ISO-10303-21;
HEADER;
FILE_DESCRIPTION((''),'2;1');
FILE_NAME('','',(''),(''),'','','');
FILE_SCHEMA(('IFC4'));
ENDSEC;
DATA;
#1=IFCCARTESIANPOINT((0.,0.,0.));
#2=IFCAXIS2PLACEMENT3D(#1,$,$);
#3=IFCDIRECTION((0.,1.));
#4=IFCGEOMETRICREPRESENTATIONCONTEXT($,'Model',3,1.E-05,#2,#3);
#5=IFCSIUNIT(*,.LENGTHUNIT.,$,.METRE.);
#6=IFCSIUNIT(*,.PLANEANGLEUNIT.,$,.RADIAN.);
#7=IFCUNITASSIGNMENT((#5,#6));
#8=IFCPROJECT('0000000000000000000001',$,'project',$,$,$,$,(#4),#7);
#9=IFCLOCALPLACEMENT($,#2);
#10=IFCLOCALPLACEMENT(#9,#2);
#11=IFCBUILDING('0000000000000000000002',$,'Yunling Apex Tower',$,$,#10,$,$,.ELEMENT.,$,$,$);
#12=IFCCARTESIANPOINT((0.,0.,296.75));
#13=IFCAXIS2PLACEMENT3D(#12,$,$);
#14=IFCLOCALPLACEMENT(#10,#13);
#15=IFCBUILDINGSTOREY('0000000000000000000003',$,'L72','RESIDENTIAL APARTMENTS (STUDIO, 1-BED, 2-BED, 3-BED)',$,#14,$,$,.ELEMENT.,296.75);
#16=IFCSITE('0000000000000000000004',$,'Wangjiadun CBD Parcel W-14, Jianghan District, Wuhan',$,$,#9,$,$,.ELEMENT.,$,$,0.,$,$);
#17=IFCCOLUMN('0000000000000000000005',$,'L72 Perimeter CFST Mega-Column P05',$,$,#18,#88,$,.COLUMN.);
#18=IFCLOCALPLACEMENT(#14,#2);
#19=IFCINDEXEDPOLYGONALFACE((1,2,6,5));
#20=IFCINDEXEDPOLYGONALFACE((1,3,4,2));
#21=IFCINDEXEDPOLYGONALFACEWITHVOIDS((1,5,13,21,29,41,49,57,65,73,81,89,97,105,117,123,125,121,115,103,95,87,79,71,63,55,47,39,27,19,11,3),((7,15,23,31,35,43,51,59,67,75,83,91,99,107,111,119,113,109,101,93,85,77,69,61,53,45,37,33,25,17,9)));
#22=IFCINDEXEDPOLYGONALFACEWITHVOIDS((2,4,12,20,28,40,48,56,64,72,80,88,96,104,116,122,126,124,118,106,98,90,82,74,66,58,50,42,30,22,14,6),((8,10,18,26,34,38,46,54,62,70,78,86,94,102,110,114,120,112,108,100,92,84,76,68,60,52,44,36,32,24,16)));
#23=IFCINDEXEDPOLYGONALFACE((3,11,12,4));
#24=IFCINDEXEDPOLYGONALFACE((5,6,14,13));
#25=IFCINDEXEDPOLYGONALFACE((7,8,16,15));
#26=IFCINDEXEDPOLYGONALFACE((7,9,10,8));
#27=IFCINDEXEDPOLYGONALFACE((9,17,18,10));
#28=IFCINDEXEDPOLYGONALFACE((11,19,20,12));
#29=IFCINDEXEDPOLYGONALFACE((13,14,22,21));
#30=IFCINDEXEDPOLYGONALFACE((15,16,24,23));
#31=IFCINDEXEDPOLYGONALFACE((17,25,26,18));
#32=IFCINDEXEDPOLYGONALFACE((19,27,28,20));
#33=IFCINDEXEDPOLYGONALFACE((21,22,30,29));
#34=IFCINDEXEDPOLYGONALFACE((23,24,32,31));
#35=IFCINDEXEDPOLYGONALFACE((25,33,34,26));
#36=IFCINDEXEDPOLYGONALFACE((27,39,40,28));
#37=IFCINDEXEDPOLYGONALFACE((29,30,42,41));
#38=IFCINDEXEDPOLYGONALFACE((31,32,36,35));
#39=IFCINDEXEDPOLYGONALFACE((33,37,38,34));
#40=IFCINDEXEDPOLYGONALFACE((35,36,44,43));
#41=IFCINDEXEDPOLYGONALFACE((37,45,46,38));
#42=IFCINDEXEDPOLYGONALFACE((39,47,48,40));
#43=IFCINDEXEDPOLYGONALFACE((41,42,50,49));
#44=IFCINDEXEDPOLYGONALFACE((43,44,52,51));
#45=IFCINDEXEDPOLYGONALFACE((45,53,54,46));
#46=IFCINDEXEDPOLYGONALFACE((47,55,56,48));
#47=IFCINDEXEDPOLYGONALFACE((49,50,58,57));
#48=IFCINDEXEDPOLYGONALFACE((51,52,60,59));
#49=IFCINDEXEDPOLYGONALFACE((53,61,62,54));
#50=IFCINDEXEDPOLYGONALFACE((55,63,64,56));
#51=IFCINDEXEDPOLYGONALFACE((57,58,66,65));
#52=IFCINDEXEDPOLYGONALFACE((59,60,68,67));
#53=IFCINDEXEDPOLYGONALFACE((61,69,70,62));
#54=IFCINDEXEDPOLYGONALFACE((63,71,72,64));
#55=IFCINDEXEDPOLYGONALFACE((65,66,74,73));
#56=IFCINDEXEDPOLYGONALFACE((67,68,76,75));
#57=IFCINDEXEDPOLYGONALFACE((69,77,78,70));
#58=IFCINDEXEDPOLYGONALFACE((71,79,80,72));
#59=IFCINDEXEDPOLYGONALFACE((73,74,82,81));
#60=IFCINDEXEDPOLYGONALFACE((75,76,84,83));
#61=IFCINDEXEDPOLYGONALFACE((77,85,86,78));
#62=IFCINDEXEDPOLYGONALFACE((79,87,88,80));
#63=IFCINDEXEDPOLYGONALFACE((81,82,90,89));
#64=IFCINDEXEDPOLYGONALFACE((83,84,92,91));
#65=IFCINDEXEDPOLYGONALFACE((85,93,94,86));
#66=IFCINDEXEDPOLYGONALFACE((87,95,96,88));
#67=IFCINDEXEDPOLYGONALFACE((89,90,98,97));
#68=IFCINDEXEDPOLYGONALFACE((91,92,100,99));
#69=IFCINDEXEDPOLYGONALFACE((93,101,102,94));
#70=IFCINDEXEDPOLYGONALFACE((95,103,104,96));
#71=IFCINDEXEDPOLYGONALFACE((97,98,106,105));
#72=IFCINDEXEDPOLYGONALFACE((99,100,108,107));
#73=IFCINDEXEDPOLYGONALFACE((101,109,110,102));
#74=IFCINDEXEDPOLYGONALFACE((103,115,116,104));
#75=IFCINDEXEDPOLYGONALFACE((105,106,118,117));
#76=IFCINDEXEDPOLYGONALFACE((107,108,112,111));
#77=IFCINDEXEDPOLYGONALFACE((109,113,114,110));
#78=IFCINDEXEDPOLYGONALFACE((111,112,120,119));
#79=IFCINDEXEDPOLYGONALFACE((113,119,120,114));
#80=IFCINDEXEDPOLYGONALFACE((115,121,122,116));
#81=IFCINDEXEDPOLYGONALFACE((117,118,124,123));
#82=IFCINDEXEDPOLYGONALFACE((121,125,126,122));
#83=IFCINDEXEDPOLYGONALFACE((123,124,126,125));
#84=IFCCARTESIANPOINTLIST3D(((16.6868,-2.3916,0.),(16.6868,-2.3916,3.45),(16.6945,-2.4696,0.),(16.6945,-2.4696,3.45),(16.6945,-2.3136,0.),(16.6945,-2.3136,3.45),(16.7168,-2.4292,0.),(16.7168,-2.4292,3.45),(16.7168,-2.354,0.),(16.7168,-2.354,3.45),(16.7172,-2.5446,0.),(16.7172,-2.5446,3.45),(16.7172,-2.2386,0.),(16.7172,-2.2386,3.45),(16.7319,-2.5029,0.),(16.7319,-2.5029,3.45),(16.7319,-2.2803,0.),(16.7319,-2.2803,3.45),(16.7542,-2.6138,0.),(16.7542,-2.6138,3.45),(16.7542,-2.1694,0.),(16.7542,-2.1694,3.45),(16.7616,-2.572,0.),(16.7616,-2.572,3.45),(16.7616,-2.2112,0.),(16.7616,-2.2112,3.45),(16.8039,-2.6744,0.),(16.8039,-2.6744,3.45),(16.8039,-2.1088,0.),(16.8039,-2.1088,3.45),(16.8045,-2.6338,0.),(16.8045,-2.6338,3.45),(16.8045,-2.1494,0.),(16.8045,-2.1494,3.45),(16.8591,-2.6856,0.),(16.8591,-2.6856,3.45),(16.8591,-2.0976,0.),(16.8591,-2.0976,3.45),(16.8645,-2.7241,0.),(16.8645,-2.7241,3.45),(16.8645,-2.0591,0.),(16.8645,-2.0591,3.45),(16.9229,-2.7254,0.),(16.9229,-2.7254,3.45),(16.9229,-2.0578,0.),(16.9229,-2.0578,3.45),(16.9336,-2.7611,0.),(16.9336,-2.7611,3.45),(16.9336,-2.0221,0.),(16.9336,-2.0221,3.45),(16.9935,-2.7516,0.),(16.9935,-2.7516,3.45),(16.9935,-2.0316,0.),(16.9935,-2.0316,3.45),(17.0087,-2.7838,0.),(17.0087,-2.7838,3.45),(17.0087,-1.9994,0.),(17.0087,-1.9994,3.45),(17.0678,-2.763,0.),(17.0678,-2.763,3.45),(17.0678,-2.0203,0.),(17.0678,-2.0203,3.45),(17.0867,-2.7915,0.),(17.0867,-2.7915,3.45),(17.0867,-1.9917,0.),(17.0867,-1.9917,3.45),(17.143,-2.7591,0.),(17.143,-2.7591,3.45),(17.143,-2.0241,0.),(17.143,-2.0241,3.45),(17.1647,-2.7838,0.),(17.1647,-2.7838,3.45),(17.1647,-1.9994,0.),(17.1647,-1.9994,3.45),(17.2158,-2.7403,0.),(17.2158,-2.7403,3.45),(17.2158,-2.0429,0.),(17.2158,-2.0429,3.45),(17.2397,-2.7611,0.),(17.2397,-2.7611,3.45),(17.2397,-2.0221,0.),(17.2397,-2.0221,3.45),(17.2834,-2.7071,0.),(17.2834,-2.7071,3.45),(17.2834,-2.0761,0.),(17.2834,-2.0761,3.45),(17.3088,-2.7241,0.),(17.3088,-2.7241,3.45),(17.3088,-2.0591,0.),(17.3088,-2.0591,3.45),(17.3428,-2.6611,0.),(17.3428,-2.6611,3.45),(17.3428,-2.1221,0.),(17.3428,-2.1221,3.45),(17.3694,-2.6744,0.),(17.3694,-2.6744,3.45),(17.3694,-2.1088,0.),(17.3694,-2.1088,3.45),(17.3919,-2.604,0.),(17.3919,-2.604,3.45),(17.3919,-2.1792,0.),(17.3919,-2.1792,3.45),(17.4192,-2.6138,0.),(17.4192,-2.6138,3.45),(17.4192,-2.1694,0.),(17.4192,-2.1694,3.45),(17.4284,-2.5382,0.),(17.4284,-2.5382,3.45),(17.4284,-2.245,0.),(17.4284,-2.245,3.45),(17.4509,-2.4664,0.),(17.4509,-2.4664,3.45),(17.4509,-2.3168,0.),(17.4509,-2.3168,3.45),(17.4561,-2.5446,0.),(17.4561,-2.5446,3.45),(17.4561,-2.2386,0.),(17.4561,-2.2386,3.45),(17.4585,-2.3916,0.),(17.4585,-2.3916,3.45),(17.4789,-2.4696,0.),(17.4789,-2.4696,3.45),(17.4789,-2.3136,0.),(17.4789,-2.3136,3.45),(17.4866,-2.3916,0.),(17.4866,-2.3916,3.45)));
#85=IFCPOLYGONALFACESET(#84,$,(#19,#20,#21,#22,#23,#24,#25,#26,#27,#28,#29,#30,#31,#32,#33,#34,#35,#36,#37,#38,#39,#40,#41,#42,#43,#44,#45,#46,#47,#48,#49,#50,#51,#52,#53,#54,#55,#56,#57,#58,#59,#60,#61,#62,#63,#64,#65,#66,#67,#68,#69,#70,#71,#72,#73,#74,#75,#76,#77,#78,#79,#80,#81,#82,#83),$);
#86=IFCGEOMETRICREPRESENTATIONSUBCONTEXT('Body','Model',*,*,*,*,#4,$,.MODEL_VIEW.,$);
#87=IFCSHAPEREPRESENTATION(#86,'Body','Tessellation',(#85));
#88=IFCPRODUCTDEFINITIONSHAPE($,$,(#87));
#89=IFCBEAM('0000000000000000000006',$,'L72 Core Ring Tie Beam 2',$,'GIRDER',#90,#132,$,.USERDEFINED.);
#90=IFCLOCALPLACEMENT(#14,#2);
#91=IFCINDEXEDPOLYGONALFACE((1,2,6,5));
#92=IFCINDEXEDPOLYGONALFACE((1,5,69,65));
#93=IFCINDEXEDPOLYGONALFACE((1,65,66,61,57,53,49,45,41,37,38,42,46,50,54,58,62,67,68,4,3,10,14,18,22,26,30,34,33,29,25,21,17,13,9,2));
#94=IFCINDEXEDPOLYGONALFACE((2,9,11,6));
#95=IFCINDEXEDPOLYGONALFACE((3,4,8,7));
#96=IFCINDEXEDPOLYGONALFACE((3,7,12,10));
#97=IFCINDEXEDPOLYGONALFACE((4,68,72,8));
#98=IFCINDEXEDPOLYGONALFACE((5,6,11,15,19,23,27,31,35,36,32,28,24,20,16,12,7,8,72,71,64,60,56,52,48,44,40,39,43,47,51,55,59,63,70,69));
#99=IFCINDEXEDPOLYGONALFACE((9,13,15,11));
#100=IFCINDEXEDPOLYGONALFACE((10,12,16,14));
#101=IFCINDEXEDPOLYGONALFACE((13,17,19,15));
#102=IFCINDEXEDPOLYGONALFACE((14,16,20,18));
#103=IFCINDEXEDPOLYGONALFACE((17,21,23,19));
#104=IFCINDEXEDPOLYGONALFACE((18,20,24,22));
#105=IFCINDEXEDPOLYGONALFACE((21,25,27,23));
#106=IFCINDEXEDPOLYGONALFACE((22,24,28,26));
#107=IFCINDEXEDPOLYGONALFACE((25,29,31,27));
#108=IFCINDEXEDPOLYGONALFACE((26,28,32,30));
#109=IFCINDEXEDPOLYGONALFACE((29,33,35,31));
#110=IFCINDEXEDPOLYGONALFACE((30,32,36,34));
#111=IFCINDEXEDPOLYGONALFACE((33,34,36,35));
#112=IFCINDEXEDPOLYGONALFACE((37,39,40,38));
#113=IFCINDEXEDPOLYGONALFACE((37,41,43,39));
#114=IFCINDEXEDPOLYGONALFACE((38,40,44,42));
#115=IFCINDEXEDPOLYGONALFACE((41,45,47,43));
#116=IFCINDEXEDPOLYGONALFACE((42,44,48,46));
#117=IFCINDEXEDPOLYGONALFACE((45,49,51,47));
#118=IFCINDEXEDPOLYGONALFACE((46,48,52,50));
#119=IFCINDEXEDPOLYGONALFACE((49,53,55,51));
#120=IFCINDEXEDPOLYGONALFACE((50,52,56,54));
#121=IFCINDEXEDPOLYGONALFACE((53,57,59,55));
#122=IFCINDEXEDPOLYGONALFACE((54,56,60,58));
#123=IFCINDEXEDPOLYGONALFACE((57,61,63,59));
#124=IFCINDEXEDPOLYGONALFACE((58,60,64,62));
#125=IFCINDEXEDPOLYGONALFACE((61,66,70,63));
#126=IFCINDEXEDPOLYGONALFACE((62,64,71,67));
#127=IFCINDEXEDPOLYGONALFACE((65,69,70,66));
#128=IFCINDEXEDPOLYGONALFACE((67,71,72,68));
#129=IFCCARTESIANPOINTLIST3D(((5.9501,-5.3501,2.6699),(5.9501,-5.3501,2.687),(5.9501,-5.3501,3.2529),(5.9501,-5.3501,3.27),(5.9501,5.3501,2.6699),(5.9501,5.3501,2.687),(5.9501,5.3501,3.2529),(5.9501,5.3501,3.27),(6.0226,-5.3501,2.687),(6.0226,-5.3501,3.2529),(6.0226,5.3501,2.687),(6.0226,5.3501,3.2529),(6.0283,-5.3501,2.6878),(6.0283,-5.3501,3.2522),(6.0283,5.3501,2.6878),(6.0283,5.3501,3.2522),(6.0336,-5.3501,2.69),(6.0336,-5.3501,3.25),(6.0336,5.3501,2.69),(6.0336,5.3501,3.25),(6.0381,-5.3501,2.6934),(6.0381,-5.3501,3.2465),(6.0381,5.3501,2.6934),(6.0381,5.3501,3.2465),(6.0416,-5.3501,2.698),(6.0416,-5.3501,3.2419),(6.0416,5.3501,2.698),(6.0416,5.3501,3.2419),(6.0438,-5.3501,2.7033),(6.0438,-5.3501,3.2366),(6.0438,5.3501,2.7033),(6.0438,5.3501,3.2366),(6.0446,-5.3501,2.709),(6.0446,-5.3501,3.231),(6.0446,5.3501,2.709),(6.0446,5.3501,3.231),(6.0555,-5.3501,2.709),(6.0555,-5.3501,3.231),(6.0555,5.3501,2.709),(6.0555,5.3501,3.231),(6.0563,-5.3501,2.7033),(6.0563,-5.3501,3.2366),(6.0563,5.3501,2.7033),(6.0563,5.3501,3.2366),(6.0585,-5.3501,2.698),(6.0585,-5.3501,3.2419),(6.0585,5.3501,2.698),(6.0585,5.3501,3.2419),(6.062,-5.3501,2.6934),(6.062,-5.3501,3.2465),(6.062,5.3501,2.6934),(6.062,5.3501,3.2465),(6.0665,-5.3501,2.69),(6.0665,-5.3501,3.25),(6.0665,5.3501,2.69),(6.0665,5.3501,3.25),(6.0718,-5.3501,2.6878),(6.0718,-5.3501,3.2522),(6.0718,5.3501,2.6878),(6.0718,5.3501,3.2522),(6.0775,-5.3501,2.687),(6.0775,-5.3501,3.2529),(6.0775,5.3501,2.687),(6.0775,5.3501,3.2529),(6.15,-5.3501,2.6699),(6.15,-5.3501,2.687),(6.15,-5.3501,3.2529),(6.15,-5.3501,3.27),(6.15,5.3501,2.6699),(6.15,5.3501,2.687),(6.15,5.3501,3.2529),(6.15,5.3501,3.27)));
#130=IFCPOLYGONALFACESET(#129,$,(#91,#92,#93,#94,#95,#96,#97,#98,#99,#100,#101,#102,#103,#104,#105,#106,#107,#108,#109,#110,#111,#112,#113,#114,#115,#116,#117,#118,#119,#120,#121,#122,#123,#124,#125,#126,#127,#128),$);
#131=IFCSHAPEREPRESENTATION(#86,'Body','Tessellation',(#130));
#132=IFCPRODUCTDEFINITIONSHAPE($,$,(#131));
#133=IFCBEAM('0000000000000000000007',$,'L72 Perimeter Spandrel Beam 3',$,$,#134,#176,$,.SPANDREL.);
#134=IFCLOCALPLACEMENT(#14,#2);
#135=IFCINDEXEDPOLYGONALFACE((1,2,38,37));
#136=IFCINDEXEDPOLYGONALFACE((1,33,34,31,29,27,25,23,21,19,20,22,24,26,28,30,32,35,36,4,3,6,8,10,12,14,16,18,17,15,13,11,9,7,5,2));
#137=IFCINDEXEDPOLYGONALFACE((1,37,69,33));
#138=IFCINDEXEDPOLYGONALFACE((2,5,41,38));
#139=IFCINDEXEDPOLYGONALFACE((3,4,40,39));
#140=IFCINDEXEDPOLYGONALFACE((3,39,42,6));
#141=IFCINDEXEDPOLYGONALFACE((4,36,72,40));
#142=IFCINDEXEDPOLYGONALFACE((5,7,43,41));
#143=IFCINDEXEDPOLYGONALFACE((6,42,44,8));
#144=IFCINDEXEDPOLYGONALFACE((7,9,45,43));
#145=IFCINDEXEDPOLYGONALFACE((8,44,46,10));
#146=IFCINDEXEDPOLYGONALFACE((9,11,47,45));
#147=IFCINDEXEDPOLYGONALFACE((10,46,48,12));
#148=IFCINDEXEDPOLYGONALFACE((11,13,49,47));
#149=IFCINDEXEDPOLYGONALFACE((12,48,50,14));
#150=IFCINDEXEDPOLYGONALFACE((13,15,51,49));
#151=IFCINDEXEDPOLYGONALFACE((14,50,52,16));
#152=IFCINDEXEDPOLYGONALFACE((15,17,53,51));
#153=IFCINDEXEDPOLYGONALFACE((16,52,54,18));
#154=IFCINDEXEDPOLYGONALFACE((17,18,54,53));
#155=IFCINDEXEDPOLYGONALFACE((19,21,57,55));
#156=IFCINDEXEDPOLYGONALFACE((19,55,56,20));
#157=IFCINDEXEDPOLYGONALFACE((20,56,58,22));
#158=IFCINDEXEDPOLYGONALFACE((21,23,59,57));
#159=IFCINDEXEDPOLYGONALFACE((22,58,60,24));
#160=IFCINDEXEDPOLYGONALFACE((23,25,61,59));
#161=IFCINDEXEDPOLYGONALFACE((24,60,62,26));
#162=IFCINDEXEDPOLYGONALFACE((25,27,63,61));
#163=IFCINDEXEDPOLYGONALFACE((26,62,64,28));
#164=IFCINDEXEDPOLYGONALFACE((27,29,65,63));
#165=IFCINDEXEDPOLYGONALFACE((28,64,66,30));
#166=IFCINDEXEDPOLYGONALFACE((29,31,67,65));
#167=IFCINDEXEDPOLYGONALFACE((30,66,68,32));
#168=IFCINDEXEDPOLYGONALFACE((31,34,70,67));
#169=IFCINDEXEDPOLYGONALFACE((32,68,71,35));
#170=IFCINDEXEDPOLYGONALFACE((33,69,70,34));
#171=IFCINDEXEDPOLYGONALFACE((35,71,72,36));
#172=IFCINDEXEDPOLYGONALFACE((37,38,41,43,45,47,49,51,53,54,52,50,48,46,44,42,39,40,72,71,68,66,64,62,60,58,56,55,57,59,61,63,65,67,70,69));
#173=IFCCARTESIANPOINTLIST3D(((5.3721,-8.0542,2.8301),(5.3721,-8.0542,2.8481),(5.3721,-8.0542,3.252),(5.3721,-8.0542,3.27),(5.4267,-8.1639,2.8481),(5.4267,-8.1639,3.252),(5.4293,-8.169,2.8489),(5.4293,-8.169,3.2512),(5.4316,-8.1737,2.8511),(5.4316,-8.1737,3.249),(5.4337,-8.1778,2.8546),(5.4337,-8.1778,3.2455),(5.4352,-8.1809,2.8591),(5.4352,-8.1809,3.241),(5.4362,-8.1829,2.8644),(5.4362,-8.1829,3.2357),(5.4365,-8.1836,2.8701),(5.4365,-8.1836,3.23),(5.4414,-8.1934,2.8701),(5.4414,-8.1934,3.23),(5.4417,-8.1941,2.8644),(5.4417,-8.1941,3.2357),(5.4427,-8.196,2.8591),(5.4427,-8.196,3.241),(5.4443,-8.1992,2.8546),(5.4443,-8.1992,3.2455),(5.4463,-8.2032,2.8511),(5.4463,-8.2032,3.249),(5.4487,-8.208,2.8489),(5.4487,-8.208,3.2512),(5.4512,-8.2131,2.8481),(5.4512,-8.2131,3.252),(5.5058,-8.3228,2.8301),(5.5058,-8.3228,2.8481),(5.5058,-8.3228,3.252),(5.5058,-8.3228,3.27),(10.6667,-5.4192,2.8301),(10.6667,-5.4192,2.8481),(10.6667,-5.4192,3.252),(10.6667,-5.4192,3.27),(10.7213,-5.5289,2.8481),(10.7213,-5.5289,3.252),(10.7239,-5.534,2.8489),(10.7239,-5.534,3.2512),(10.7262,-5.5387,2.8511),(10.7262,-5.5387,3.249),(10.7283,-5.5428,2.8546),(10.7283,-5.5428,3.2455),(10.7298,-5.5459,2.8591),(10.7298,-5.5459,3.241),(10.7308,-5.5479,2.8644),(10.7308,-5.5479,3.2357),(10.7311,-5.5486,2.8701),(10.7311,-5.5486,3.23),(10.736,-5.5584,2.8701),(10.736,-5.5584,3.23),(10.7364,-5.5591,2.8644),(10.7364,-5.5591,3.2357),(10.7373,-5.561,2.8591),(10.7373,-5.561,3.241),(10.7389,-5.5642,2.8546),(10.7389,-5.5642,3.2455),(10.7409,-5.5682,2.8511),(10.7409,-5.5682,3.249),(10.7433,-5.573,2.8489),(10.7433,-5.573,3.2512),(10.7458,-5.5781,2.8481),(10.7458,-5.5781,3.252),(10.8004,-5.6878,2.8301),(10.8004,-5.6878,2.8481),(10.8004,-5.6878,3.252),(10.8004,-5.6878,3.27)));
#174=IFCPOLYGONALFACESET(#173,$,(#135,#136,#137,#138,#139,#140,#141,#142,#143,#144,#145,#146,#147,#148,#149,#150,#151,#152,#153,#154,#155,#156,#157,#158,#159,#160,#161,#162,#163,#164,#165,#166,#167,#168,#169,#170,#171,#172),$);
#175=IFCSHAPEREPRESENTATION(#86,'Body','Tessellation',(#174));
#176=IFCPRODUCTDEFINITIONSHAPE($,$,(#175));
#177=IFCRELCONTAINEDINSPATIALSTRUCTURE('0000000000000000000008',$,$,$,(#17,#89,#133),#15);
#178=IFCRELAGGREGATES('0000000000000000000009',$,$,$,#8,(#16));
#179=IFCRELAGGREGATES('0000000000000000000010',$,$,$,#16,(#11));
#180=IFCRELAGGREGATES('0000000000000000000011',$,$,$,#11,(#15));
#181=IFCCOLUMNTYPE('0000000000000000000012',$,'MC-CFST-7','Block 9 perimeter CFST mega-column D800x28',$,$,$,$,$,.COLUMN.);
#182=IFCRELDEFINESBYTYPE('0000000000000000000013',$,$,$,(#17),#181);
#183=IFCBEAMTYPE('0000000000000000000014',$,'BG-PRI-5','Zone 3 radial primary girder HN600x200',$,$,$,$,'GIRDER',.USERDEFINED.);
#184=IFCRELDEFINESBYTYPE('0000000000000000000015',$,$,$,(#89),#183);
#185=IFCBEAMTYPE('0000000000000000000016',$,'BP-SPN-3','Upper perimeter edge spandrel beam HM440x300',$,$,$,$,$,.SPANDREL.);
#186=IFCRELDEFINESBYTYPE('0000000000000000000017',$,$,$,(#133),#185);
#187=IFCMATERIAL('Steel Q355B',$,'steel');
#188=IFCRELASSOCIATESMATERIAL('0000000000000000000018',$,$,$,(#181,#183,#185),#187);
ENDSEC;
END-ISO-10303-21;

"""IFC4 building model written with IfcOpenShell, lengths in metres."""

from ifc_helpers import new_model, si_unit, direction, frame, origin, origin_2d, place, context, subcontext, project, spatial, hollow_circle, i_section, extrude, source, transform, mapped, material, material_profile, profile_set, type_object, element, save


model = new_model("IFC4")

# Units and contexts
model_context = context("Model", 3, precision=1e-05, world=origin(), true_north=direction((0.0, 1.0)))
body_context = subcontext(model_context, "Body", "Model", "MODEL_VIEW")
ifc_project = project(units=[si_unit("LENGTHUNIT", "METRE"), si_unit("PLANEANGLEUNIT", "RADIAN")], contexts=[model_context])

# Site, building, storey
site_placement = place(None, origin())
site = spatial("IfcSite", under=ifc_project, at=site_placement, Name="Wangjiadun CBD Parcel W-14, Jianghan District, Wuhan", CompositionType="ELEMENT", RefElevation=0.0)
building_placement = place(site_placement, origin())
building = spatial("IfcBuilding", under=site, at=building_placement, Name="Yunling Apex Tower", CompositionType="ELEMENT")
storey_placement = place(building_placement, frame((0.0, 0.0, 296.75)))
storey = spatial("IfcBuildingStorey", under=building, at=storey_placement, Name="L72", Description="RESIDENTIAL APARTMENTS (STUDIO, 1-BED, 2-BED, 3-BED)", CompositionType="ELEMENT", Elevation=296.75)

# Column
ifc_material_1 = material(Name="Steel Q355B", Category="steel")
ifc_material_profile_1 = material_profile(ifc_material_1, hollow_circle(Radius=0.3999, WallThickness=0.0281, at=origin_2d()))
ifc_profile_set_1 = profile_set([ifc_material_profile_1], Name="Steel Q355B")
column_type_1 = type_object("IfcColumnType", Name="MC-CFST-7", Description="Block 9 perimeter CFST mega-column D800x28", PredefinedType="COLUMN", material=ifc_profile_set_1)
shared_shape_1 = source(origin(), body_context, "Body", "SweptSolid", [
    extrude(hollow_circle(Radius=0.3999, WallThickness=0.0281, at=origin_2d()), origin(), (0.0, 0.0, 1.0), 3.45),
])
for number, where, z_axis, x_axis, name in (
    (1, (17.0867, -2.3916, 0.0), (0.0, 0.0, 1.0), (1.0, 0.0, 0.0), "L72 Perimeter CFST Mega-Column P05"),
):
    element("IfcColumn", number, at=place(storey_placement, frame(where, z_axis=z_axis, x_axis=x_axis)), inside=storey, type_object=column_type_1, Name=name, PredefinedType="COLUMN", context=body_context, shape_type="MappedRepresentation", body=[
        mapped(shared_shape_1, transform((0.0, 0.0, 0.0), scale=1.0)),
    ])

# Beams
ifc_material_profile_2 = material_profile(ifc_material_1, i_section(OverallWidth=0.2, OverallDepth=0.6001, WebThickness=0.011, FlangeThickness=0.0171, FilletRadius=0.022, at=origin_2d()))
ifc_profile_set_2 = profile_set([ifc_material_profile_2], Name="Steel Q355B")
beam_type_1 = type_object("IfcBeamType", Name="BG-PRI-5", Description="Zone 3 radial primary girder HN600x200", ElementType="GIRDER", PredefinedType="USERDEFINED", material=ifc_profile_set_2)
shared_shape_2 = source(origin(), body_context, "Body", "SweptSolid", [
    extrude(i_section(OverallWidth=0.2, OverallDepth=0.6001, WebThickness=0.011, FlangeThickness=0.0171, FilletRadius=0.022, at=origin_2d()), origin(), (0.0, 0.0, 1.0), 10.7002),
])
beam_1_placement = place(storey_placement, frame((6.05, -5.3501, 2.97), z_axis=(0.0, 1.0, 0.0), x_axis=(-1.0, 0.0, 0.0)))
element("IfcBeam", 2, at=beam_1_placement, inside=storey, type_object=beam_type_1, Name="L72 Core Ring Tie Beam 2", ObjectType="GIRDER", PredefinedType="USERDEFINED", context=body_context, shape_type="MappedRepresentation", body=[
    mapped(shared_shape_2, transform((0.0, 0.0, 0.0), scale=1.0)),
])
ifc_material_profile_3 = material_profile(ifc_material_1, i_section(OverallWidth=0.3, OverallDepth=0.4399, WebThickness=0.011, FlangeThickness=0.0181, FilletRadius=0.022, at=origin_2d()))
ifc_profile_set_3 = profile_set([ifc_material_profile_3], Name="Steel Q355B")
beam_type_2 = type_object("IfcBeamType", Name="BP-SPN-3", Description="Upper perimeter edge spandrel beam HM440x300", PredefinedType="SPANDREL", material=ifc_profile_set_3)
shared_shape_3 = source(origin(), body_context, "Body", "SweptSolid", [
    extrude(i_section(OverallWidth=0.3, OverallDepth=0.4399, WebThickness=0.011, FlangeThickness=0.0181, FilletRadius=0.022, at=origin_2d()), origin(), (0.0, 0.0, 1.0), 5.9141),
])
for number, where, z_axis, x_axis, name in (
    (3, (5.439, -8.1885, 3.05), (0.89526, 0.445545, 0.0), (-0.445545, 0.89526, 0.0), "L72 Perimeter Spandrel Beam 3"),
):
    element("IfcBeam", number, at=place(storey_placement, frame(where, z_axis=z_axis, x_axis=x_axis)), inside=storey, type_object=beam_type_2, Name=name, PredefinedType="SPANDREL", context=body_context, shape_type="MappedRepresentation", body=[
        mapped(shared_shape_3, transform((0.0, 0.0, 0.0), scale=1.0)),
    ])

save(model, "model.ifc")
